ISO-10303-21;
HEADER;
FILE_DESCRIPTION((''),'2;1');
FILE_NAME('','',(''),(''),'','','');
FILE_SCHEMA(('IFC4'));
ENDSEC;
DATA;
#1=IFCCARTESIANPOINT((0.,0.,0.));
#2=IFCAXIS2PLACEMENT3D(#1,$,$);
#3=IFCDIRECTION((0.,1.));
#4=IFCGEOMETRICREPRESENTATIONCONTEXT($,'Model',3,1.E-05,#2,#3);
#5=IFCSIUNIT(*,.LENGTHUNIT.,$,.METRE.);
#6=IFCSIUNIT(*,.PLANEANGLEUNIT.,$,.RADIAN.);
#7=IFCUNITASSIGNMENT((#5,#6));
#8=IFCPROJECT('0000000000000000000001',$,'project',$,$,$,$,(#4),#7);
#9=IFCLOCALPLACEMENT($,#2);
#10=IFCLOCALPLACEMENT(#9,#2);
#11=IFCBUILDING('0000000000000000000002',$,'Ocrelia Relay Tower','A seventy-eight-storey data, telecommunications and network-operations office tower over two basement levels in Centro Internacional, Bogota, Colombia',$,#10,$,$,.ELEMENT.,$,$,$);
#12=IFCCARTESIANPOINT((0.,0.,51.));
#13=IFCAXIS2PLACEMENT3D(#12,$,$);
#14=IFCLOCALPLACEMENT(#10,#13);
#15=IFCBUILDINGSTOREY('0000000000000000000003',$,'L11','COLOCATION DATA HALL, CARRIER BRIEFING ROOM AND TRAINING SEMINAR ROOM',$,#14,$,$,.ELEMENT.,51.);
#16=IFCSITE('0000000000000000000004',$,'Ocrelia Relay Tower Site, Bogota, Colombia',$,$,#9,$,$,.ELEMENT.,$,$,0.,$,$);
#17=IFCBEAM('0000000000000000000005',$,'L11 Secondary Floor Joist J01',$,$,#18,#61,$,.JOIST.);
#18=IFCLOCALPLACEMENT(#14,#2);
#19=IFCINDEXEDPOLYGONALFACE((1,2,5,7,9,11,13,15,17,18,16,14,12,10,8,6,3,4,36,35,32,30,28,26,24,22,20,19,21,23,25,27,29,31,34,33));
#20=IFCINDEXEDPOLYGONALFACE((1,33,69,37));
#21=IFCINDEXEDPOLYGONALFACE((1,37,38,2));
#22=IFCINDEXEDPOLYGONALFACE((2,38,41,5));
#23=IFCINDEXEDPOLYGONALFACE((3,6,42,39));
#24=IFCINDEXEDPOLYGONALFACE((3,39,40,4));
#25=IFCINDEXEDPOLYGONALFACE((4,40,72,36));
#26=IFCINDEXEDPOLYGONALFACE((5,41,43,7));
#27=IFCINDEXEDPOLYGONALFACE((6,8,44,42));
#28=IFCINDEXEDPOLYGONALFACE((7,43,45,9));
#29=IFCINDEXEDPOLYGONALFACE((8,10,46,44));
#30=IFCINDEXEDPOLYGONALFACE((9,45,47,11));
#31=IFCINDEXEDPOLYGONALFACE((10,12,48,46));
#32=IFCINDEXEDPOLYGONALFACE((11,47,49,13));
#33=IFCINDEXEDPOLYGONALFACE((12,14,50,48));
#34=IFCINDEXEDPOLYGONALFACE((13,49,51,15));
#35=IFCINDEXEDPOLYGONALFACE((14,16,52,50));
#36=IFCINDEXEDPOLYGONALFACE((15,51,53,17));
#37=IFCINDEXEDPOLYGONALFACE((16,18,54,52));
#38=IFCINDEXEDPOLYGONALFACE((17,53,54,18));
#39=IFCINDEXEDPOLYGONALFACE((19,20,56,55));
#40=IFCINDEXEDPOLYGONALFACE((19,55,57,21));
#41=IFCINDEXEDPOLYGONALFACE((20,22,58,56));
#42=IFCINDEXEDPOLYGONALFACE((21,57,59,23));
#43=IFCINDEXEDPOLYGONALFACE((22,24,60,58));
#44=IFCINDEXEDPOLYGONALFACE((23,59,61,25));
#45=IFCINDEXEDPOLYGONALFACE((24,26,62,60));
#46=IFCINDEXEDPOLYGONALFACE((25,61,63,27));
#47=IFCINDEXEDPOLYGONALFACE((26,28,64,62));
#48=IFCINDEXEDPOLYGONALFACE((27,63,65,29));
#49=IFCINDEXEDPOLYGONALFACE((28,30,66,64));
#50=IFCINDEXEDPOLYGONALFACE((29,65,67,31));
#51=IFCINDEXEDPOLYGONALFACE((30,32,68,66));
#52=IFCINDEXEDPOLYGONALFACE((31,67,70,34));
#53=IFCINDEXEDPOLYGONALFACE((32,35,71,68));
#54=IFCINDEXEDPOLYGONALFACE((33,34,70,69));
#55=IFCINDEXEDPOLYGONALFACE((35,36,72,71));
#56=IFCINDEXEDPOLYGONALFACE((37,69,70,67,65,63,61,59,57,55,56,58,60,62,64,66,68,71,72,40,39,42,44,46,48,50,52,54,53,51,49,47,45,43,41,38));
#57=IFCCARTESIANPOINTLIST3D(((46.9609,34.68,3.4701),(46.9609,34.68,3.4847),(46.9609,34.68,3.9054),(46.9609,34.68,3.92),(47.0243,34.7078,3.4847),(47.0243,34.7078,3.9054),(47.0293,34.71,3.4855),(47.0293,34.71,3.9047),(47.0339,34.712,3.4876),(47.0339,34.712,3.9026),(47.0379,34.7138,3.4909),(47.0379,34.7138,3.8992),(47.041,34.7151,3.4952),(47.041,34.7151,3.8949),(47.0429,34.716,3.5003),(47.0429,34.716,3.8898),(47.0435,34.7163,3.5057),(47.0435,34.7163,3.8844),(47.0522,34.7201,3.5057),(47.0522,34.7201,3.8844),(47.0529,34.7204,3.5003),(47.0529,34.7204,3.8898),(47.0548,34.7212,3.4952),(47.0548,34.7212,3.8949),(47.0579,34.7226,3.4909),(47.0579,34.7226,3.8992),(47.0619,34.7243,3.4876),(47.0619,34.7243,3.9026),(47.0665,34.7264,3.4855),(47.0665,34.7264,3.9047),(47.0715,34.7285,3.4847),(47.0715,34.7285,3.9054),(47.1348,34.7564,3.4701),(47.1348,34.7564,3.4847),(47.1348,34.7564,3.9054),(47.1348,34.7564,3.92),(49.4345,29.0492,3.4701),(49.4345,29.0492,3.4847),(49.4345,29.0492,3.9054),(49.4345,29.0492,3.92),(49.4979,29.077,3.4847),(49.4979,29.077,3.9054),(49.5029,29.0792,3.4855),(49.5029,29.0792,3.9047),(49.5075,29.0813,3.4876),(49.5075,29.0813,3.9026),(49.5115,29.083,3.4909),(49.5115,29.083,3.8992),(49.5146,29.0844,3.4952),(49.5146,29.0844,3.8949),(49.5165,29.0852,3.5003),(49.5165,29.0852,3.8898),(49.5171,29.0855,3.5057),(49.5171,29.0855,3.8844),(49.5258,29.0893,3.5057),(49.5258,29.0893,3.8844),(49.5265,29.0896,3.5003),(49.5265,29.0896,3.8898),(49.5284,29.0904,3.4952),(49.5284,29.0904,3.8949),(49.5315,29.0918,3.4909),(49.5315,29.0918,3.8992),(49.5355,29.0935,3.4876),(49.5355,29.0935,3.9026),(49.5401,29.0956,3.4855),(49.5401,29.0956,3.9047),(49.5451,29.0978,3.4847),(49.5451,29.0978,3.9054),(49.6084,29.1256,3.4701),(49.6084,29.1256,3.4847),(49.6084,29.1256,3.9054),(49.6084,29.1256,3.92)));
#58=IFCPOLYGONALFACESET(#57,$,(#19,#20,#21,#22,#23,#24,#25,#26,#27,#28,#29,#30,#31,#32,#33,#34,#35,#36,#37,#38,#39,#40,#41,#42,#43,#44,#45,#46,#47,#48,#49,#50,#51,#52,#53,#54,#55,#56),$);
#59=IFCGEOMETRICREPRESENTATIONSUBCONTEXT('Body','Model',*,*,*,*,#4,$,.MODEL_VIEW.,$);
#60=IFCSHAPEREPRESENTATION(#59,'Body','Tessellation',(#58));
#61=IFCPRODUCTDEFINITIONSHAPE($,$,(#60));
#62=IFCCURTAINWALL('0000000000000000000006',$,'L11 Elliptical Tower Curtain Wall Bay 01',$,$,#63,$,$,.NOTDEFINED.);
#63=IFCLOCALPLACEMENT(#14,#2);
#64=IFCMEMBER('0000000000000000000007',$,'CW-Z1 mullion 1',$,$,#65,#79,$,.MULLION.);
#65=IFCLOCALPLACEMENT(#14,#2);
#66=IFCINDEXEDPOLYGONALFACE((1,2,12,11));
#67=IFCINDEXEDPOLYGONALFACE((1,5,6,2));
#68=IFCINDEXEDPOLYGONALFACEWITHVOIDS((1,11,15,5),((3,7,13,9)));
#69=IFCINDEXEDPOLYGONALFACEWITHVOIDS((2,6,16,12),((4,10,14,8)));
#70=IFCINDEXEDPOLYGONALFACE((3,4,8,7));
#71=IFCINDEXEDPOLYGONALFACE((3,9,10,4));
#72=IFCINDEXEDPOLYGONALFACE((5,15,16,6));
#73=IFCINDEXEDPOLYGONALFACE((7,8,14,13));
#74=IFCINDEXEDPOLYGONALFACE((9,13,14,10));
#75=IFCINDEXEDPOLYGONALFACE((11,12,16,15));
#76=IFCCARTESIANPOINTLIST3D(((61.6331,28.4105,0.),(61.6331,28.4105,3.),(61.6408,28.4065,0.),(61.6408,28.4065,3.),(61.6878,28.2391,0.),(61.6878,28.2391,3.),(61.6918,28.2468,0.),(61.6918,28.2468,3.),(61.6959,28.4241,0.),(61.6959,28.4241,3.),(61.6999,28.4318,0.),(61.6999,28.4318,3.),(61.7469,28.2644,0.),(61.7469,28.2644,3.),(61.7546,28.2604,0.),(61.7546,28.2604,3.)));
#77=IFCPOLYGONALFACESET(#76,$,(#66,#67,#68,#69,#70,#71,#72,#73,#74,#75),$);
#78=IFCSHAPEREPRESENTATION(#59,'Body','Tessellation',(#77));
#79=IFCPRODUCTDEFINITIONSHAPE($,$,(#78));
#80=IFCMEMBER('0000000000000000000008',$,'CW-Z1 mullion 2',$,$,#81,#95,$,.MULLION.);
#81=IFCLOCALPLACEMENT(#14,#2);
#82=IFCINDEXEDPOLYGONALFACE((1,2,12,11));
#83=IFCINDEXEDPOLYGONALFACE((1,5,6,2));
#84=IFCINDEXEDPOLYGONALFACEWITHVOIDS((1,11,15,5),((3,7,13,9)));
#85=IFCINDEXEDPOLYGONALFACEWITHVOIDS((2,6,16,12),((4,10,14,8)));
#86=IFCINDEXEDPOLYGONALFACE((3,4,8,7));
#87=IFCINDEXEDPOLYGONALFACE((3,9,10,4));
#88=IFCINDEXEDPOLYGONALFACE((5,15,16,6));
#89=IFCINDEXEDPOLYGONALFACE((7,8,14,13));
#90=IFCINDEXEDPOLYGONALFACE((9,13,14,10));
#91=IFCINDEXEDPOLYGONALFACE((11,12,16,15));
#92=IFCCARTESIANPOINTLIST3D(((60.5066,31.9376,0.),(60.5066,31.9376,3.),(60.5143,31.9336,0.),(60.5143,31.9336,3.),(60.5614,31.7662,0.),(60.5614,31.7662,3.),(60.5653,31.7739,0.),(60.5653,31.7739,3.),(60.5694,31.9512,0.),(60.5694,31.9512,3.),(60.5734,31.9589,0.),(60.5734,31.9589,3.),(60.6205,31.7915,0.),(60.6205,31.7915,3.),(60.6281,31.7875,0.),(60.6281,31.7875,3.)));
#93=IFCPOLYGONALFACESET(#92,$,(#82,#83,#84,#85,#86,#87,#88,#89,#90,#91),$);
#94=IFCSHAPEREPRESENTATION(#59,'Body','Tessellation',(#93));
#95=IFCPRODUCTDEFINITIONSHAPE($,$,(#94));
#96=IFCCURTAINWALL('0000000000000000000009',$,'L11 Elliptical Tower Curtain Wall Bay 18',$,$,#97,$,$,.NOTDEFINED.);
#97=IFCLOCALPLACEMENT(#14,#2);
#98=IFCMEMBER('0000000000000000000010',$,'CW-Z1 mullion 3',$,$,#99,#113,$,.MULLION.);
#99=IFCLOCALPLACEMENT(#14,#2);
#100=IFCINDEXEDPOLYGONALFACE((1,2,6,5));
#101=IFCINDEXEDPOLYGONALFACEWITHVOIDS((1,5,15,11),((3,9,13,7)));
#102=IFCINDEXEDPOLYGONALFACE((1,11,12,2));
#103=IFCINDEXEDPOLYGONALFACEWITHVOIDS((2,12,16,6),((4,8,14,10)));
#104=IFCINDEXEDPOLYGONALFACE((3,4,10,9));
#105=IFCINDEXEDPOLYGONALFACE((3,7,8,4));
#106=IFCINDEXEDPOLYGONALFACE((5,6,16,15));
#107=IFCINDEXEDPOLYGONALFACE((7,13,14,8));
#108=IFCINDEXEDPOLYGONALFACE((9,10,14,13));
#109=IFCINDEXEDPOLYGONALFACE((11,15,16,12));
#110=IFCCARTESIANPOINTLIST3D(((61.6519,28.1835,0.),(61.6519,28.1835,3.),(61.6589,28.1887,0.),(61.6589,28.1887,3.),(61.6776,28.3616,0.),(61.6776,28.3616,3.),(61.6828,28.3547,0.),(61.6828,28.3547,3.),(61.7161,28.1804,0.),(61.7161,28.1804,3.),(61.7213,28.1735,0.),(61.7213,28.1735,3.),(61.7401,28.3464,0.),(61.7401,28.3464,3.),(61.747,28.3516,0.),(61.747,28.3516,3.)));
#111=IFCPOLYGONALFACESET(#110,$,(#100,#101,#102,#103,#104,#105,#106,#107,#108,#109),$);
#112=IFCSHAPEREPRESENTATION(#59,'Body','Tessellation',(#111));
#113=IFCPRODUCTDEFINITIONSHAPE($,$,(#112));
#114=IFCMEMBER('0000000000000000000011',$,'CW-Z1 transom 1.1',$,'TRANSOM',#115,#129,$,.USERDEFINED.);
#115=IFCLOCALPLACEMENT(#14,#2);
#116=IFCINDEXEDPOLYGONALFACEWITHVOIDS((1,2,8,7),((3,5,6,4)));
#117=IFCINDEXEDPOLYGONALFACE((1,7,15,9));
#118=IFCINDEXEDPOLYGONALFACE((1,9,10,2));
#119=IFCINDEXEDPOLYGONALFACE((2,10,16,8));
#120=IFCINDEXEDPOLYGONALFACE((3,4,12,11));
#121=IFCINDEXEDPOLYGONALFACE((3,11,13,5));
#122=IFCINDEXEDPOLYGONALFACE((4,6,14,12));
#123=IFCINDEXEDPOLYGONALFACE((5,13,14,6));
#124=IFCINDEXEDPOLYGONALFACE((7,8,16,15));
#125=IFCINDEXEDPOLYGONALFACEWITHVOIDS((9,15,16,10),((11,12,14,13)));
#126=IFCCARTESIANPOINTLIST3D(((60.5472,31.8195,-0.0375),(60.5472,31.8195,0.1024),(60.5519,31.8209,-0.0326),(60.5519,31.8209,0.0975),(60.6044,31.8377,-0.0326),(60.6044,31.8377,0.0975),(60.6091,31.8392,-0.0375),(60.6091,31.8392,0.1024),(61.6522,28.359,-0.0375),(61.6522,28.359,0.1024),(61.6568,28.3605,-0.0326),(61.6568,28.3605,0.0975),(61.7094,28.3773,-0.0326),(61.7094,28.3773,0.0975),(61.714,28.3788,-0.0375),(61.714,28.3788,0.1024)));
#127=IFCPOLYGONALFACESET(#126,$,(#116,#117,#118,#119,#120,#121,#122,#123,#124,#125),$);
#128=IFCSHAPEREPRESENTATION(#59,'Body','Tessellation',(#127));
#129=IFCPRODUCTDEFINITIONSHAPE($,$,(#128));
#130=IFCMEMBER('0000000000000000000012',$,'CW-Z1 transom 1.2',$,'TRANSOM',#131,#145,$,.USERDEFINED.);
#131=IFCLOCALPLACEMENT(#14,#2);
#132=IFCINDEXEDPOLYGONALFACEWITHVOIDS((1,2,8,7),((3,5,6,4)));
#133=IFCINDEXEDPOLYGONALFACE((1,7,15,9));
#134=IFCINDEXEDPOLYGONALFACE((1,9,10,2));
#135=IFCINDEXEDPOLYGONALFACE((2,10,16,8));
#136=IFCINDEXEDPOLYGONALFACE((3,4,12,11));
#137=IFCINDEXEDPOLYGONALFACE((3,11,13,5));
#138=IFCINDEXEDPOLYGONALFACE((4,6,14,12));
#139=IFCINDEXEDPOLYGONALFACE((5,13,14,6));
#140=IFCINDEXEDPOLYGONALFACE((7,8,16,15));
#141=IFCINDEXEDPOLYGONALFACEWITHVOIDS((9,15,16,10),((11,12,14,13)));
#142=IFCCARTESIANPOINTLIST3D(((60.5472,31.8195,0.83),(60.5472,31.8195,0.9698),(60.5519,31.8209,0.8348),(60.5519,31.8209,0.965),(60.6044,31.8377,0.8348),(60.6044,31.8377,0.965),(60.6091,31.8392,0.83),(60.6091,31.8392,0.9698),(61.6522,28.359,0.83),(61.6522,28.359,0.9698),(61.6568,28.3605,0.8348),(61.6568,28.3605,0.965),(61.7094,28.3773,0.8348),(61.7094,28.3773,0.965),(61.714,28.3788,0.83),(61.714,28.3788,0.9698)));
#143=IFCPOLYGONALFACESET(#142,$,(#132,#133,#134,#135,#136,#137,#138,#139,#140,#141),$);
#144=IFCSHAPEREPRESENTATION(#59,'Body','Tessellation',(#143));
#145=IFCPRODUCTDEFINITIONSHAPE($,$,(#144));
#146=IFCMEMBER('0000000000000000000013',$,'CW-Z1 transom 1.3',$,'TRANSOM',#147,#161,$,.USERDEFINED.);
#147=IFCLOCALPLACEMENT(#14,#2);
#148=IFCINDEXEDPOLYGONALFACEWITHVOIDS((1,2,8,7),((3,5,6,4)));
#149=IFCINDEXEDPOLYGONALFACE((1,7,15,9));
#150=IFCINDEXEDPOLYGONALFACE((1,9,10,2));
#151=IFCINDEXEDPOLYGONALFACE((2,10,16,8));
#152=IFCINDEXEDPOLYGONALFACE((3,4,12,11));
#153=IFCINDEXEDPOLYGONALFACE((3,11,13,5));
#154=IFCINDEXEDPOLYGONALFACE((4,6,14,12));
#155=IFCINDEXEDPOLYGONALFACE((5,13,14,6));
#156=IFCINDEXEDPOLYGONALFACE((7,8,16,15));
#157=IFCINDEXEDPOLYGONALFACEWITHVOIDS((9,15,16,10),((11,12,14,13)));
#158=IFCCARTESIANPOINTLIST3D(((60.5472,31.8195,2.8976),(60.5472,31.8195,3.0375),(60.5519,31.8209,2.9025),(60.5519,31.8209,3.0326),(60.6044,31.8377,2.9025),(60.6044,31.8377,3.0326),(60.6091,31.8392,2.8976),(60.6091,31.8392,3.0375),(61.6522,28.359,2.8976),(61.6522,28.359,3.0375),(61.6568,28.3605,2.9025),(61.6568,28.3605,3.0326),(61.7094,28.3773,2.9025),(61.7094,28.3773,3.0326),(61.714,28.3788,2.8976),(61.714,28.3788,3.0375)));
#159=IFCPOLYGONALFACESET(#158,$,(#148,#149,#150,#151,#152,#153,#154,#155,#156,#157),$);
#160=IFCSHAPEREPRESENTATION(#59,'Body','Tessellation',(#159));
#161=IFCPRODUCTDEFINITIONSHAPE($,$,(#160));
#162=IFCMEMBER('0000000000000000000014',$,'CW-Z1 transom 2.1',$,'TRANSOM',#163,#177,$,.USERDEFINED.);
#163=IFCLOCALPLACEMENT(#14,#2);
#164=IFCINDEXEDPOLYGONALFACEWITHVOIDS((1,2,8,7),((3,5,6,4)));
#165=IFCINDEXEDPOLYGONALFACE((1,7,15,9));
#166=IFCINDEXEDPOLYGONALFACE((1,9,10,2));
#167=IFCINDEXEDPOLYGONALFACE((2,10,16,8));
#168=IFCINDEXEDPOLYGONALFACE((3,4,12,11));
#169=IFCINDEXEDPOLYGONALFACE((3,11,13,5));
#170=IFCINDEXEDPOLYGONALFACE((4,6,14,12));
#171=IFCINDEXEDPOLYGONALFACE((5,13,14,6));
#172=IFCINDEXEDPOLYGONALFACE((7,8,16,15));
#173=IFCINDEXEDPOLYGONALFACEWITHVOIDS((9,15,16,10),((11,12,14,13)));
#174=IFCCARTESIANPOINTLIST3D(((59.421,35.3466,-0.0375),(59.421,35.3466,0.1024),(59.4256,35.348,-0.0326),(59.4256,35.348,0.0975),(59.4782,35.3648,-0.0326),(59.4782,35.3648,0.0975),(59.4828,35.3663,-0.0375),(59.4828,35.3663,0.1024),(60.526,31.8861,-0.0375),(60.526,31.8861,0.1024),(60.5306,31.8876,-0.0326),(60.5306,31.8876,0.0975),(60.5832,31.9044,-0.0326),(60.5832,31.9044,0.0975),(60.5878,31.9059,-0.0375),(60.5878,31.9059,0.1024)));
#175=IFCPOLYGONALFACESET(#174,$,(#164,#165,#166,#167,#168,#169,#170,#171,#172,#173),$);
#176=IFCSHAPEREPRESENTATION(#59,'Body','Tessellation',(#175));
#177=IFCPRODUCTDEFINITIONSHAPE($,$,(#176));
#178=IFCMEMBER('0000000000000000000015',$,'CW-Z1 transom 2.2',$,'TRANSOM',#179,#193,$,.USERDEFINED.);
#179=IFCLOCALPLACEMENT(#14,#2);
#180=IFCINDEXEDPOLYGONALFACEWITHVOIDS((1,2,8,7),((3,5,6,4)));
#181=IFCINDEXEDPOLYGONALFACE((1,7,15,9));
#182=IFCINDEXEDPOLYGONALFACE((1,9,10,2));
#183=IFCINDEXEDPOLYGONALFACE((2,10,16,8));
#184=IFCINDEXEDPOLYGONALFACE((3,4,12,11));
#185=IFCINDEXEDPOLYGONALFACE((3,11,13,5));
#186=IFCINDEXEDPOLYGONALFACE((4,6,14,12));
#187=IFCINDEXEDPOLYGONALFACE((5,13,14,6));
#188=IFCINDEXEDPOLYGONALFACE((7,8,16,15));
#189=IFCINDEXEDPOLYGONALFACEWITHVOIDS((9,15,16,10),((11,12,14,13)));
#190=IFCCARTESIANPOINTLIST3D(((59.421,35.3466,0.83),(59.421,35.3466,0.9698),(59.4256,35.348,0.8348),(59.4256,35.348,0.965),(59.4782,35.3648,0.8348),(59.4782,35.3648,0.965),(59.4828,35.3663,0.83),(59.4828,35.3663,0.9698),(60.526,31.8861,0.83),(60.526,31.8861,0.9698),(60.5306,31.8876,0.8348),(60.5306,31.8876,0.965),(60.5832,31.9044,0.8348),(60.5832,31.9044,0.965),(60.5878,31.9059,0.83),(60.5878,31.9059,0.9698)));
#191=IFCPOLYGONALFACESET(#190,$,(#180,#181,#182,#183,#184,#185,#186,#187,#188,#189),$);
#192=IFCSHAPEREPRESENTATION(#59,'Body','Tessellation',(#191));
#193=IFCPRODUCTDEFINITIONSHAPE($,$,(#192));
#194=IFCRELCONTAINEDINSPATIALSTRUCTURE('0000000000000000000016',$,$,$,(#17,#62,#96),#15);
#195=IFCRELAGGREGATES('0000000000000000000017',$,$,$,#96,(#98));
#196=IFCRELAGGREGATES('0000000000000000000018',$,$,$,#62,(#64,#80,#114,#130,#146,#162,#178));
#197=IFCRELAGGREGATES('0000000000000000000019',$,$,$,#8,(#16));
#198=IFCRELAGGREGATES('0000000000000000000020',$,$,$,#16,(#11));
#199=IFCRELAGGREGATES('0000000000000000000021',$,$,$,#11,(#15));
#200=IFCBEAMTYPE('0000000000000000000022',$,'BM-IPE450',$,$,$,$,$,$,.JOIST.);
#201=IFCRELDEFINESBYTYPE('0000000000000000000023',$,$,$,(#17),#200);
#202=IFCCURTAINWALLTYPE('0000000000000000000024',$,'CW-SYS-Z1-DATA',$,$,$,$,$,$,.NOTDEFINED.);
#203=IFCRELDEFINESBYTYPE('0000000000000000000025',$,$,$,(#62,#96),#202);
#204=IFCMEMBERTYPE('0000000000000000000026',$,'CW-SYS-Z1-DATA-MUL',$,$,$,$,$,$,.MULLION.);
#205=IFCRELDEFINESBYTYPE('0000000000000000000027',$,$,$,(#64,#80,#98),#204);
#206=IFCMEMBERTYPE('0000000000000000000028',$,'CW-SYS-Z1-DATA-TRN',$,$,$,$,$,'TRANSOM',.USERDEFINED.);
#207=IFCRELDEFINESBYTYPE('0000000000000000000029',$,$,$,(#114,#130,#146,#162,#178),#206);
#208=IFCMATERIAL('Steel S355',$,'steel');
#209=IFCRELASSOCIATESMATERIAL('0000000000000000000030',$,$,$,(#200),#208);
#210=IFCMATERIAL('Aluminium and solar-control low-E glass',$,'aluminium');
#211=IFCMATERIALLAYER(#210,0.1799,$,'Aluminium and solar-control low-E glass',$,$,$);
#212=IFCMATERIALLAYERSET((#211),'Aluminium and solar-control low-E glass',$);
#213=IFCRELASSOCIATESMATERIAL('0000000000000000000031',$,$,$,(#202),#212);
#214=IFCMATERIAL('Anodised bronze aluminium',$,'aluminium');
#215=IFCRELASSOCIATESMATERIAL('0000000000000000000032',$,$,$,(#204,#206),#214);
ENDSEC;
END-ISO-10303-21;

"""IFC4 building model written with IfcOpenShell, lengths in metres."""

from ifc_helpers import new_model, si_unit, direction, frame, origin, origin_2d, place, context, subcontext, project, spatial, hollow_rectangle, i_section, extrude, material, layer, layer_set, material_profile, profile_set, type_object, element, aggregate, save


model = new_model("IFC4")

# Units and contexts
model_context = context("Model", 3, precision=1e-05, world=origin(), true_north=direction((0.0, 1.0)))
body_context = subcontext(model_context, "Body", "Model", "MODEL_VIEW")
ifc_project = project(units=[si_unit("LENGTHUNIT", "METRE"), si_unit("PLANEANGLEUNIT", "RADIAN")], contexts=[model_context])

# Site, building, storey
site_placement = place(None, origin())
site = spatial("IfcSite", under=ifc_project, at=site_placement, Name="Ocrelia Relay Tower Site, Bogota, Colombia", CompositionType="ELEMENT", RefElevation=0.0)
building_placement = place(site_placement, origin())
building = spatial("IfcBuilding", under=site, at=building_placement, Name="Ocrelia Relay Tower", Description="A seventy-eight-storey data, telecommunications and network-operations office tower over two basement levels in Centro Internacional, Bogota, Colombia", CompositionType="ELEMENT")
storey_placement = place(building_placement, frame((0.0, 0.0, 51.0)))
storey = spatial("IfcBuildingStorey", under=building, at=storey_placement, Name="L11", Description="COLOCATION DATA HALL, CARRIER BRIEFING ROOM AND TRAINING SEMINAR ROOM", CompositionType="ELEMENT", Elevation=51.0)

# Beam
ifc_material_1 = material(Name="Steel S355", Category="steel")
ifc_material_profile_1 = material_profile(ifc_material_1, i_section(OverallWidth=0.1899, OverallDepth=0.45, WebThickness=0.0095, FlangeThickness=0.0146, FilletRadius=0.021, at=origin_2d()), Name="IPE 450")
ifc_profile_set_1 = profile_set([ifc_material_profile_1], Name="Steel S355")
beam_type_1 = type_object("IfcBeamType", Name="BM-IPE450", PredefinedType="JOIST", material=ifc_profile_set_1)
beam_1_placement = place(storey_placement, frame((49.5215, 29.0874, 3.6951), z_axis=(-0.402201, 0.915551, 0.0), x_axis=(-0.915551, -0.402201, 0.0)))
element("IfcBeam", 1, at=beam_1_placement, inside=storey, type_object=beam_type_1, Name="L11 Secondary Floor Joist J01", PredefinedType="JOIST", context=body_context, shape_type="SweptSolid", body=[
    extrude(i_section(OverallWidth=0.1899, OverallDepth=0.45, WebThickness=0.0095, FlangeThickness=0.0146, FilletRadius=0.021, at=origin_2d()), origin(), (0.0, 0.0, 1.0), 6.1501),
])

# Curtain wall, members
ifc_material_2 = material(Name="Aluminium and solar-control low-E glass", Category="aluminium")
ifc_layer_1 = layer(ifc_material_2, 0.1799, Name="Aluminium and solar-control low-E glass")
ifc_layer_set_1 = layer_set([ifc_layer_1], Name="Aluminium and solar-control low-E glass")
curtain_wall_type = type_object("IfcCurtainWallType", Name="CW-SYS-Z1-DATA", PredefinedType="NOTDEFINED", material=ifc_layer_set_1)
curtain_wall_1_placement = place(storey_placement, origin())
curtain_wall_1 = element("IfcCurtainWall", 2, at=curtain_wall_1_placement, inside=storey, type_object=curtain_wall_type, Name="L11 Elliptical Tower Curtain Wall Bay 01", PredefinedType="NOTDEFINED")
ifc_material_3 = material(Name="Anodised bronze aluminium", Category="aluminium")
ifc_material_profile_2 = material_profile(ifc_material_3, hollow_rectangle(XDim=0.0701, YDim=0.1799, WallThickness=0.0061, at=origin_2d()), Name="CW-MUL-180x70")
ifc_profile_set_2 = profile_set([ifc_material_profile_2], Name="Anodised bronze aluminium")
member_type_1 = type_object("IfcMemberType", Name="CW-SYS-Z1-DATA-MUL", PredefinedType="MULLION", material=ifc_profile_set_2)
member_1_placement = place(storey_placement, frame((61.6938, 28.3354, 0.0), z_axis=(0.0, 0.0, 1.0), x_axis=(-0.952608, -0.304199, 0.0)))
member_1 = element("IfcMember", 3, at=member_1_placement, type_object=member_type_1, Name="CW-Z1 mullion 1", PredefinedType="MULLION", context=body_context, shape_type="SweptSolid", body=[
    extrude(hollow_rectangle(XDim=0.0701, YDim=0.1799, WallThickness=0.0061, at=origin_2d()), origin(), (0.0, 0.0, 1.0), 3.0),
])
member_2_placement = place(storey_placement, frame((60.5674, 31.8625, 0.0), z_axis=(0.0, 0.0, 1.0), x_axis=(-0.952608, -0.304199, 0.0)))
member_2 = element("IfcMember", 4, at=member_2_placement, type_object=member_type_1, Name="CW-Z1 mullion 2", PredefinedType="MULLION", context=body_context, shape_type="SweptSolid", body=[
    extrude(hollow_rectangle(XDim=0.0701, YDim=0.1799, WallThickness=0.0061, at=origin_2d()), origin(), (0.0, 0.0, 1.0), 3.0),
])

# Curtain wall, member
curtain_wall_2_placement = place(storey_placement, origin())
curtain_wall_2 = element("IfcCurtainWall", 5, at=curtain_wall_2_placement, inside=storey, type_object=curtain_wall_type, Name="L11 Elliptical Tower Curtain Wall Bay 18", PredefinedType="NOTDEFINED")
member_3_placement = place(storey_placement, frame((61.6995, 28.2676, 0.0), z_axis=(0.0, 0.0, 1.0), x_axis=(-0.989752, 0.1428, 0.0)))
member_3 = element("IfcMember", 6, at=member_3_placement, type_object=member_type_1, Name="CW-Z1 mullion 3", PredefinedType="MULLION", context=body_context, shape_type="SweptSolid", body=[
    extrude(hollow_rectangle(XDim=0.0701, YDim=0.1799, WallThickness=0.0061, at=origin_2d()), origin(), (0.0, 0.0, 1.0), 3.0),
])
aggregate(curtain_wall_2, [member_3])

# Members
ifc_material_profile_3 = material_profile(ifc_material_3, hollow_rectangle(XDim=0.0649, YDim=0.1399, WallThickness=0.0049, at=origin_2d()), Name="CW-TRN-140x65")
ifc_profile_set_3 = profile_set([ifc_material_profile_3], Name="Anodised bronze aluminium")
member_type_2 = type_object("IfcMemberType", Name="CW-SYS-Z1-DATA-TRN", ElementType="TRANSOM", PredefinedType="USERDEFINED", material=ifc_profile_set_3)
member_4_placement = place(storey_placement, frame((61.6831, 28.3689, 0.0325), z_axis=(-0.304186, 0.952613, 0.0), x_axis=(-0.952613, -0.304186, 0.0)))
member_4 = element("IfcMember", 7, at=member_4_placement, type_object=member_type_2, Name="CW-Z1 transom 1.1", ObjectType="TRANSOM", PredefinedType="USERDEFINED", context=body_context, shape_type="SweptSolid", body=[
    extrude(hollow_rectangle(XDim=0.0649, YDim=0.1399, WallThickness=0.0049, at=origin_2d()), origin(), (0.0, 0.0, 1.0), 3.6326),
])
member_5_placement = place(storey_placement, frame((61.6831, 28.3689, 0.8999), z_axis=(-0.304186, 0.952613, 0.0), x_axis=(-0.952613, -0.304186, 0.0)))
member_5 = element("IfcMember", 8, at=member_5_placement, type_object=member_type_2, Name="CW-Z1 transom 1.2", ObjectType="TRANSOM", PredefinedType="USERDEFINED", context=body_context, shape_type="SweptSolid", body=[
    extrude(hollow_rectangle(XDim=0.0649, YDim=0.1399, WallThickness=0.0049, at=origin_2d()), origin(), (0.0, 0.0, 1.0), 3.6326),
])
member_6_placement = place(storey_placement, frame((61.6831, 28.3689, 2.9675), z_axis=(-0.304186, 0.952613, 0.0), x_axis=(-0.952613, -0.304186, 0.0)))
member_6 = element("IfcMember", 9, at=member_6_placement, type_object=member_type_2, Name="CW-Z1 transom 1.3", ObjectType="TRANSOM", PredefinedType="USERDEFINED", context=body_context, shape_type="SweptSolid", body=[
    extrude(hollow_rectangle(XDim=0.0649, YDim=0.1399, WallThickness=0.0049, at=origin_2d()), origin(), (0.0, 0.0, 1.0), 3.6326),
])
member_7_placement = place(storey_placement, frame((60.5569, 31.896, 0.0325), z_axis=(-0.304186, 0.952613, 0.0), x_axis=(-0.952613, -0.304186, 0.0)))
member_7 = element("IfcMember", 10, at=member_7_placement, type_object=member_type_2, Name="CW-Z1 transom 2.1", ObjectType="TRANSOM", PredefinedType="USERDEFINED", context=body_context, shape_type="SweptSolid", body=[
    extrude(hollow_rectangle(XDim=0.0649, YDim=0.1399, WallThickness=0.0049, at=origin_2d()), origin(), (0.0, 0.0, 1.0), 3.6326),
])
member_8_placement = place(storey_placement, frame((60.5569, 31.896, 0.8999), z_axis=(-0.304186, 0.952613, 0.0), x_axis=(-0.952613, -0.304186, 0.0)))
member_8 = element("IfcMember", 11, at=member_8_placement, type_object=member_type_2, Name="CW-Z1 transom 2.2", ObjectType="TRANSOM", PredefinedType="USERDEFINED", context=body_context, shape_type="SweptSolid", body=[
    extrude(hollow_rectangle(XDim=0.0649, YDim=0.1399, WallThickness=0.0049, at=origin_2d()), origin(), (0.0, 0.0, 1.0), 3.6326),
])

aggregate(curtain_wall_1, [member_1, member_2, member_4, member_5, member_6, member_7, member_8])

save(model, "model.ifc")
